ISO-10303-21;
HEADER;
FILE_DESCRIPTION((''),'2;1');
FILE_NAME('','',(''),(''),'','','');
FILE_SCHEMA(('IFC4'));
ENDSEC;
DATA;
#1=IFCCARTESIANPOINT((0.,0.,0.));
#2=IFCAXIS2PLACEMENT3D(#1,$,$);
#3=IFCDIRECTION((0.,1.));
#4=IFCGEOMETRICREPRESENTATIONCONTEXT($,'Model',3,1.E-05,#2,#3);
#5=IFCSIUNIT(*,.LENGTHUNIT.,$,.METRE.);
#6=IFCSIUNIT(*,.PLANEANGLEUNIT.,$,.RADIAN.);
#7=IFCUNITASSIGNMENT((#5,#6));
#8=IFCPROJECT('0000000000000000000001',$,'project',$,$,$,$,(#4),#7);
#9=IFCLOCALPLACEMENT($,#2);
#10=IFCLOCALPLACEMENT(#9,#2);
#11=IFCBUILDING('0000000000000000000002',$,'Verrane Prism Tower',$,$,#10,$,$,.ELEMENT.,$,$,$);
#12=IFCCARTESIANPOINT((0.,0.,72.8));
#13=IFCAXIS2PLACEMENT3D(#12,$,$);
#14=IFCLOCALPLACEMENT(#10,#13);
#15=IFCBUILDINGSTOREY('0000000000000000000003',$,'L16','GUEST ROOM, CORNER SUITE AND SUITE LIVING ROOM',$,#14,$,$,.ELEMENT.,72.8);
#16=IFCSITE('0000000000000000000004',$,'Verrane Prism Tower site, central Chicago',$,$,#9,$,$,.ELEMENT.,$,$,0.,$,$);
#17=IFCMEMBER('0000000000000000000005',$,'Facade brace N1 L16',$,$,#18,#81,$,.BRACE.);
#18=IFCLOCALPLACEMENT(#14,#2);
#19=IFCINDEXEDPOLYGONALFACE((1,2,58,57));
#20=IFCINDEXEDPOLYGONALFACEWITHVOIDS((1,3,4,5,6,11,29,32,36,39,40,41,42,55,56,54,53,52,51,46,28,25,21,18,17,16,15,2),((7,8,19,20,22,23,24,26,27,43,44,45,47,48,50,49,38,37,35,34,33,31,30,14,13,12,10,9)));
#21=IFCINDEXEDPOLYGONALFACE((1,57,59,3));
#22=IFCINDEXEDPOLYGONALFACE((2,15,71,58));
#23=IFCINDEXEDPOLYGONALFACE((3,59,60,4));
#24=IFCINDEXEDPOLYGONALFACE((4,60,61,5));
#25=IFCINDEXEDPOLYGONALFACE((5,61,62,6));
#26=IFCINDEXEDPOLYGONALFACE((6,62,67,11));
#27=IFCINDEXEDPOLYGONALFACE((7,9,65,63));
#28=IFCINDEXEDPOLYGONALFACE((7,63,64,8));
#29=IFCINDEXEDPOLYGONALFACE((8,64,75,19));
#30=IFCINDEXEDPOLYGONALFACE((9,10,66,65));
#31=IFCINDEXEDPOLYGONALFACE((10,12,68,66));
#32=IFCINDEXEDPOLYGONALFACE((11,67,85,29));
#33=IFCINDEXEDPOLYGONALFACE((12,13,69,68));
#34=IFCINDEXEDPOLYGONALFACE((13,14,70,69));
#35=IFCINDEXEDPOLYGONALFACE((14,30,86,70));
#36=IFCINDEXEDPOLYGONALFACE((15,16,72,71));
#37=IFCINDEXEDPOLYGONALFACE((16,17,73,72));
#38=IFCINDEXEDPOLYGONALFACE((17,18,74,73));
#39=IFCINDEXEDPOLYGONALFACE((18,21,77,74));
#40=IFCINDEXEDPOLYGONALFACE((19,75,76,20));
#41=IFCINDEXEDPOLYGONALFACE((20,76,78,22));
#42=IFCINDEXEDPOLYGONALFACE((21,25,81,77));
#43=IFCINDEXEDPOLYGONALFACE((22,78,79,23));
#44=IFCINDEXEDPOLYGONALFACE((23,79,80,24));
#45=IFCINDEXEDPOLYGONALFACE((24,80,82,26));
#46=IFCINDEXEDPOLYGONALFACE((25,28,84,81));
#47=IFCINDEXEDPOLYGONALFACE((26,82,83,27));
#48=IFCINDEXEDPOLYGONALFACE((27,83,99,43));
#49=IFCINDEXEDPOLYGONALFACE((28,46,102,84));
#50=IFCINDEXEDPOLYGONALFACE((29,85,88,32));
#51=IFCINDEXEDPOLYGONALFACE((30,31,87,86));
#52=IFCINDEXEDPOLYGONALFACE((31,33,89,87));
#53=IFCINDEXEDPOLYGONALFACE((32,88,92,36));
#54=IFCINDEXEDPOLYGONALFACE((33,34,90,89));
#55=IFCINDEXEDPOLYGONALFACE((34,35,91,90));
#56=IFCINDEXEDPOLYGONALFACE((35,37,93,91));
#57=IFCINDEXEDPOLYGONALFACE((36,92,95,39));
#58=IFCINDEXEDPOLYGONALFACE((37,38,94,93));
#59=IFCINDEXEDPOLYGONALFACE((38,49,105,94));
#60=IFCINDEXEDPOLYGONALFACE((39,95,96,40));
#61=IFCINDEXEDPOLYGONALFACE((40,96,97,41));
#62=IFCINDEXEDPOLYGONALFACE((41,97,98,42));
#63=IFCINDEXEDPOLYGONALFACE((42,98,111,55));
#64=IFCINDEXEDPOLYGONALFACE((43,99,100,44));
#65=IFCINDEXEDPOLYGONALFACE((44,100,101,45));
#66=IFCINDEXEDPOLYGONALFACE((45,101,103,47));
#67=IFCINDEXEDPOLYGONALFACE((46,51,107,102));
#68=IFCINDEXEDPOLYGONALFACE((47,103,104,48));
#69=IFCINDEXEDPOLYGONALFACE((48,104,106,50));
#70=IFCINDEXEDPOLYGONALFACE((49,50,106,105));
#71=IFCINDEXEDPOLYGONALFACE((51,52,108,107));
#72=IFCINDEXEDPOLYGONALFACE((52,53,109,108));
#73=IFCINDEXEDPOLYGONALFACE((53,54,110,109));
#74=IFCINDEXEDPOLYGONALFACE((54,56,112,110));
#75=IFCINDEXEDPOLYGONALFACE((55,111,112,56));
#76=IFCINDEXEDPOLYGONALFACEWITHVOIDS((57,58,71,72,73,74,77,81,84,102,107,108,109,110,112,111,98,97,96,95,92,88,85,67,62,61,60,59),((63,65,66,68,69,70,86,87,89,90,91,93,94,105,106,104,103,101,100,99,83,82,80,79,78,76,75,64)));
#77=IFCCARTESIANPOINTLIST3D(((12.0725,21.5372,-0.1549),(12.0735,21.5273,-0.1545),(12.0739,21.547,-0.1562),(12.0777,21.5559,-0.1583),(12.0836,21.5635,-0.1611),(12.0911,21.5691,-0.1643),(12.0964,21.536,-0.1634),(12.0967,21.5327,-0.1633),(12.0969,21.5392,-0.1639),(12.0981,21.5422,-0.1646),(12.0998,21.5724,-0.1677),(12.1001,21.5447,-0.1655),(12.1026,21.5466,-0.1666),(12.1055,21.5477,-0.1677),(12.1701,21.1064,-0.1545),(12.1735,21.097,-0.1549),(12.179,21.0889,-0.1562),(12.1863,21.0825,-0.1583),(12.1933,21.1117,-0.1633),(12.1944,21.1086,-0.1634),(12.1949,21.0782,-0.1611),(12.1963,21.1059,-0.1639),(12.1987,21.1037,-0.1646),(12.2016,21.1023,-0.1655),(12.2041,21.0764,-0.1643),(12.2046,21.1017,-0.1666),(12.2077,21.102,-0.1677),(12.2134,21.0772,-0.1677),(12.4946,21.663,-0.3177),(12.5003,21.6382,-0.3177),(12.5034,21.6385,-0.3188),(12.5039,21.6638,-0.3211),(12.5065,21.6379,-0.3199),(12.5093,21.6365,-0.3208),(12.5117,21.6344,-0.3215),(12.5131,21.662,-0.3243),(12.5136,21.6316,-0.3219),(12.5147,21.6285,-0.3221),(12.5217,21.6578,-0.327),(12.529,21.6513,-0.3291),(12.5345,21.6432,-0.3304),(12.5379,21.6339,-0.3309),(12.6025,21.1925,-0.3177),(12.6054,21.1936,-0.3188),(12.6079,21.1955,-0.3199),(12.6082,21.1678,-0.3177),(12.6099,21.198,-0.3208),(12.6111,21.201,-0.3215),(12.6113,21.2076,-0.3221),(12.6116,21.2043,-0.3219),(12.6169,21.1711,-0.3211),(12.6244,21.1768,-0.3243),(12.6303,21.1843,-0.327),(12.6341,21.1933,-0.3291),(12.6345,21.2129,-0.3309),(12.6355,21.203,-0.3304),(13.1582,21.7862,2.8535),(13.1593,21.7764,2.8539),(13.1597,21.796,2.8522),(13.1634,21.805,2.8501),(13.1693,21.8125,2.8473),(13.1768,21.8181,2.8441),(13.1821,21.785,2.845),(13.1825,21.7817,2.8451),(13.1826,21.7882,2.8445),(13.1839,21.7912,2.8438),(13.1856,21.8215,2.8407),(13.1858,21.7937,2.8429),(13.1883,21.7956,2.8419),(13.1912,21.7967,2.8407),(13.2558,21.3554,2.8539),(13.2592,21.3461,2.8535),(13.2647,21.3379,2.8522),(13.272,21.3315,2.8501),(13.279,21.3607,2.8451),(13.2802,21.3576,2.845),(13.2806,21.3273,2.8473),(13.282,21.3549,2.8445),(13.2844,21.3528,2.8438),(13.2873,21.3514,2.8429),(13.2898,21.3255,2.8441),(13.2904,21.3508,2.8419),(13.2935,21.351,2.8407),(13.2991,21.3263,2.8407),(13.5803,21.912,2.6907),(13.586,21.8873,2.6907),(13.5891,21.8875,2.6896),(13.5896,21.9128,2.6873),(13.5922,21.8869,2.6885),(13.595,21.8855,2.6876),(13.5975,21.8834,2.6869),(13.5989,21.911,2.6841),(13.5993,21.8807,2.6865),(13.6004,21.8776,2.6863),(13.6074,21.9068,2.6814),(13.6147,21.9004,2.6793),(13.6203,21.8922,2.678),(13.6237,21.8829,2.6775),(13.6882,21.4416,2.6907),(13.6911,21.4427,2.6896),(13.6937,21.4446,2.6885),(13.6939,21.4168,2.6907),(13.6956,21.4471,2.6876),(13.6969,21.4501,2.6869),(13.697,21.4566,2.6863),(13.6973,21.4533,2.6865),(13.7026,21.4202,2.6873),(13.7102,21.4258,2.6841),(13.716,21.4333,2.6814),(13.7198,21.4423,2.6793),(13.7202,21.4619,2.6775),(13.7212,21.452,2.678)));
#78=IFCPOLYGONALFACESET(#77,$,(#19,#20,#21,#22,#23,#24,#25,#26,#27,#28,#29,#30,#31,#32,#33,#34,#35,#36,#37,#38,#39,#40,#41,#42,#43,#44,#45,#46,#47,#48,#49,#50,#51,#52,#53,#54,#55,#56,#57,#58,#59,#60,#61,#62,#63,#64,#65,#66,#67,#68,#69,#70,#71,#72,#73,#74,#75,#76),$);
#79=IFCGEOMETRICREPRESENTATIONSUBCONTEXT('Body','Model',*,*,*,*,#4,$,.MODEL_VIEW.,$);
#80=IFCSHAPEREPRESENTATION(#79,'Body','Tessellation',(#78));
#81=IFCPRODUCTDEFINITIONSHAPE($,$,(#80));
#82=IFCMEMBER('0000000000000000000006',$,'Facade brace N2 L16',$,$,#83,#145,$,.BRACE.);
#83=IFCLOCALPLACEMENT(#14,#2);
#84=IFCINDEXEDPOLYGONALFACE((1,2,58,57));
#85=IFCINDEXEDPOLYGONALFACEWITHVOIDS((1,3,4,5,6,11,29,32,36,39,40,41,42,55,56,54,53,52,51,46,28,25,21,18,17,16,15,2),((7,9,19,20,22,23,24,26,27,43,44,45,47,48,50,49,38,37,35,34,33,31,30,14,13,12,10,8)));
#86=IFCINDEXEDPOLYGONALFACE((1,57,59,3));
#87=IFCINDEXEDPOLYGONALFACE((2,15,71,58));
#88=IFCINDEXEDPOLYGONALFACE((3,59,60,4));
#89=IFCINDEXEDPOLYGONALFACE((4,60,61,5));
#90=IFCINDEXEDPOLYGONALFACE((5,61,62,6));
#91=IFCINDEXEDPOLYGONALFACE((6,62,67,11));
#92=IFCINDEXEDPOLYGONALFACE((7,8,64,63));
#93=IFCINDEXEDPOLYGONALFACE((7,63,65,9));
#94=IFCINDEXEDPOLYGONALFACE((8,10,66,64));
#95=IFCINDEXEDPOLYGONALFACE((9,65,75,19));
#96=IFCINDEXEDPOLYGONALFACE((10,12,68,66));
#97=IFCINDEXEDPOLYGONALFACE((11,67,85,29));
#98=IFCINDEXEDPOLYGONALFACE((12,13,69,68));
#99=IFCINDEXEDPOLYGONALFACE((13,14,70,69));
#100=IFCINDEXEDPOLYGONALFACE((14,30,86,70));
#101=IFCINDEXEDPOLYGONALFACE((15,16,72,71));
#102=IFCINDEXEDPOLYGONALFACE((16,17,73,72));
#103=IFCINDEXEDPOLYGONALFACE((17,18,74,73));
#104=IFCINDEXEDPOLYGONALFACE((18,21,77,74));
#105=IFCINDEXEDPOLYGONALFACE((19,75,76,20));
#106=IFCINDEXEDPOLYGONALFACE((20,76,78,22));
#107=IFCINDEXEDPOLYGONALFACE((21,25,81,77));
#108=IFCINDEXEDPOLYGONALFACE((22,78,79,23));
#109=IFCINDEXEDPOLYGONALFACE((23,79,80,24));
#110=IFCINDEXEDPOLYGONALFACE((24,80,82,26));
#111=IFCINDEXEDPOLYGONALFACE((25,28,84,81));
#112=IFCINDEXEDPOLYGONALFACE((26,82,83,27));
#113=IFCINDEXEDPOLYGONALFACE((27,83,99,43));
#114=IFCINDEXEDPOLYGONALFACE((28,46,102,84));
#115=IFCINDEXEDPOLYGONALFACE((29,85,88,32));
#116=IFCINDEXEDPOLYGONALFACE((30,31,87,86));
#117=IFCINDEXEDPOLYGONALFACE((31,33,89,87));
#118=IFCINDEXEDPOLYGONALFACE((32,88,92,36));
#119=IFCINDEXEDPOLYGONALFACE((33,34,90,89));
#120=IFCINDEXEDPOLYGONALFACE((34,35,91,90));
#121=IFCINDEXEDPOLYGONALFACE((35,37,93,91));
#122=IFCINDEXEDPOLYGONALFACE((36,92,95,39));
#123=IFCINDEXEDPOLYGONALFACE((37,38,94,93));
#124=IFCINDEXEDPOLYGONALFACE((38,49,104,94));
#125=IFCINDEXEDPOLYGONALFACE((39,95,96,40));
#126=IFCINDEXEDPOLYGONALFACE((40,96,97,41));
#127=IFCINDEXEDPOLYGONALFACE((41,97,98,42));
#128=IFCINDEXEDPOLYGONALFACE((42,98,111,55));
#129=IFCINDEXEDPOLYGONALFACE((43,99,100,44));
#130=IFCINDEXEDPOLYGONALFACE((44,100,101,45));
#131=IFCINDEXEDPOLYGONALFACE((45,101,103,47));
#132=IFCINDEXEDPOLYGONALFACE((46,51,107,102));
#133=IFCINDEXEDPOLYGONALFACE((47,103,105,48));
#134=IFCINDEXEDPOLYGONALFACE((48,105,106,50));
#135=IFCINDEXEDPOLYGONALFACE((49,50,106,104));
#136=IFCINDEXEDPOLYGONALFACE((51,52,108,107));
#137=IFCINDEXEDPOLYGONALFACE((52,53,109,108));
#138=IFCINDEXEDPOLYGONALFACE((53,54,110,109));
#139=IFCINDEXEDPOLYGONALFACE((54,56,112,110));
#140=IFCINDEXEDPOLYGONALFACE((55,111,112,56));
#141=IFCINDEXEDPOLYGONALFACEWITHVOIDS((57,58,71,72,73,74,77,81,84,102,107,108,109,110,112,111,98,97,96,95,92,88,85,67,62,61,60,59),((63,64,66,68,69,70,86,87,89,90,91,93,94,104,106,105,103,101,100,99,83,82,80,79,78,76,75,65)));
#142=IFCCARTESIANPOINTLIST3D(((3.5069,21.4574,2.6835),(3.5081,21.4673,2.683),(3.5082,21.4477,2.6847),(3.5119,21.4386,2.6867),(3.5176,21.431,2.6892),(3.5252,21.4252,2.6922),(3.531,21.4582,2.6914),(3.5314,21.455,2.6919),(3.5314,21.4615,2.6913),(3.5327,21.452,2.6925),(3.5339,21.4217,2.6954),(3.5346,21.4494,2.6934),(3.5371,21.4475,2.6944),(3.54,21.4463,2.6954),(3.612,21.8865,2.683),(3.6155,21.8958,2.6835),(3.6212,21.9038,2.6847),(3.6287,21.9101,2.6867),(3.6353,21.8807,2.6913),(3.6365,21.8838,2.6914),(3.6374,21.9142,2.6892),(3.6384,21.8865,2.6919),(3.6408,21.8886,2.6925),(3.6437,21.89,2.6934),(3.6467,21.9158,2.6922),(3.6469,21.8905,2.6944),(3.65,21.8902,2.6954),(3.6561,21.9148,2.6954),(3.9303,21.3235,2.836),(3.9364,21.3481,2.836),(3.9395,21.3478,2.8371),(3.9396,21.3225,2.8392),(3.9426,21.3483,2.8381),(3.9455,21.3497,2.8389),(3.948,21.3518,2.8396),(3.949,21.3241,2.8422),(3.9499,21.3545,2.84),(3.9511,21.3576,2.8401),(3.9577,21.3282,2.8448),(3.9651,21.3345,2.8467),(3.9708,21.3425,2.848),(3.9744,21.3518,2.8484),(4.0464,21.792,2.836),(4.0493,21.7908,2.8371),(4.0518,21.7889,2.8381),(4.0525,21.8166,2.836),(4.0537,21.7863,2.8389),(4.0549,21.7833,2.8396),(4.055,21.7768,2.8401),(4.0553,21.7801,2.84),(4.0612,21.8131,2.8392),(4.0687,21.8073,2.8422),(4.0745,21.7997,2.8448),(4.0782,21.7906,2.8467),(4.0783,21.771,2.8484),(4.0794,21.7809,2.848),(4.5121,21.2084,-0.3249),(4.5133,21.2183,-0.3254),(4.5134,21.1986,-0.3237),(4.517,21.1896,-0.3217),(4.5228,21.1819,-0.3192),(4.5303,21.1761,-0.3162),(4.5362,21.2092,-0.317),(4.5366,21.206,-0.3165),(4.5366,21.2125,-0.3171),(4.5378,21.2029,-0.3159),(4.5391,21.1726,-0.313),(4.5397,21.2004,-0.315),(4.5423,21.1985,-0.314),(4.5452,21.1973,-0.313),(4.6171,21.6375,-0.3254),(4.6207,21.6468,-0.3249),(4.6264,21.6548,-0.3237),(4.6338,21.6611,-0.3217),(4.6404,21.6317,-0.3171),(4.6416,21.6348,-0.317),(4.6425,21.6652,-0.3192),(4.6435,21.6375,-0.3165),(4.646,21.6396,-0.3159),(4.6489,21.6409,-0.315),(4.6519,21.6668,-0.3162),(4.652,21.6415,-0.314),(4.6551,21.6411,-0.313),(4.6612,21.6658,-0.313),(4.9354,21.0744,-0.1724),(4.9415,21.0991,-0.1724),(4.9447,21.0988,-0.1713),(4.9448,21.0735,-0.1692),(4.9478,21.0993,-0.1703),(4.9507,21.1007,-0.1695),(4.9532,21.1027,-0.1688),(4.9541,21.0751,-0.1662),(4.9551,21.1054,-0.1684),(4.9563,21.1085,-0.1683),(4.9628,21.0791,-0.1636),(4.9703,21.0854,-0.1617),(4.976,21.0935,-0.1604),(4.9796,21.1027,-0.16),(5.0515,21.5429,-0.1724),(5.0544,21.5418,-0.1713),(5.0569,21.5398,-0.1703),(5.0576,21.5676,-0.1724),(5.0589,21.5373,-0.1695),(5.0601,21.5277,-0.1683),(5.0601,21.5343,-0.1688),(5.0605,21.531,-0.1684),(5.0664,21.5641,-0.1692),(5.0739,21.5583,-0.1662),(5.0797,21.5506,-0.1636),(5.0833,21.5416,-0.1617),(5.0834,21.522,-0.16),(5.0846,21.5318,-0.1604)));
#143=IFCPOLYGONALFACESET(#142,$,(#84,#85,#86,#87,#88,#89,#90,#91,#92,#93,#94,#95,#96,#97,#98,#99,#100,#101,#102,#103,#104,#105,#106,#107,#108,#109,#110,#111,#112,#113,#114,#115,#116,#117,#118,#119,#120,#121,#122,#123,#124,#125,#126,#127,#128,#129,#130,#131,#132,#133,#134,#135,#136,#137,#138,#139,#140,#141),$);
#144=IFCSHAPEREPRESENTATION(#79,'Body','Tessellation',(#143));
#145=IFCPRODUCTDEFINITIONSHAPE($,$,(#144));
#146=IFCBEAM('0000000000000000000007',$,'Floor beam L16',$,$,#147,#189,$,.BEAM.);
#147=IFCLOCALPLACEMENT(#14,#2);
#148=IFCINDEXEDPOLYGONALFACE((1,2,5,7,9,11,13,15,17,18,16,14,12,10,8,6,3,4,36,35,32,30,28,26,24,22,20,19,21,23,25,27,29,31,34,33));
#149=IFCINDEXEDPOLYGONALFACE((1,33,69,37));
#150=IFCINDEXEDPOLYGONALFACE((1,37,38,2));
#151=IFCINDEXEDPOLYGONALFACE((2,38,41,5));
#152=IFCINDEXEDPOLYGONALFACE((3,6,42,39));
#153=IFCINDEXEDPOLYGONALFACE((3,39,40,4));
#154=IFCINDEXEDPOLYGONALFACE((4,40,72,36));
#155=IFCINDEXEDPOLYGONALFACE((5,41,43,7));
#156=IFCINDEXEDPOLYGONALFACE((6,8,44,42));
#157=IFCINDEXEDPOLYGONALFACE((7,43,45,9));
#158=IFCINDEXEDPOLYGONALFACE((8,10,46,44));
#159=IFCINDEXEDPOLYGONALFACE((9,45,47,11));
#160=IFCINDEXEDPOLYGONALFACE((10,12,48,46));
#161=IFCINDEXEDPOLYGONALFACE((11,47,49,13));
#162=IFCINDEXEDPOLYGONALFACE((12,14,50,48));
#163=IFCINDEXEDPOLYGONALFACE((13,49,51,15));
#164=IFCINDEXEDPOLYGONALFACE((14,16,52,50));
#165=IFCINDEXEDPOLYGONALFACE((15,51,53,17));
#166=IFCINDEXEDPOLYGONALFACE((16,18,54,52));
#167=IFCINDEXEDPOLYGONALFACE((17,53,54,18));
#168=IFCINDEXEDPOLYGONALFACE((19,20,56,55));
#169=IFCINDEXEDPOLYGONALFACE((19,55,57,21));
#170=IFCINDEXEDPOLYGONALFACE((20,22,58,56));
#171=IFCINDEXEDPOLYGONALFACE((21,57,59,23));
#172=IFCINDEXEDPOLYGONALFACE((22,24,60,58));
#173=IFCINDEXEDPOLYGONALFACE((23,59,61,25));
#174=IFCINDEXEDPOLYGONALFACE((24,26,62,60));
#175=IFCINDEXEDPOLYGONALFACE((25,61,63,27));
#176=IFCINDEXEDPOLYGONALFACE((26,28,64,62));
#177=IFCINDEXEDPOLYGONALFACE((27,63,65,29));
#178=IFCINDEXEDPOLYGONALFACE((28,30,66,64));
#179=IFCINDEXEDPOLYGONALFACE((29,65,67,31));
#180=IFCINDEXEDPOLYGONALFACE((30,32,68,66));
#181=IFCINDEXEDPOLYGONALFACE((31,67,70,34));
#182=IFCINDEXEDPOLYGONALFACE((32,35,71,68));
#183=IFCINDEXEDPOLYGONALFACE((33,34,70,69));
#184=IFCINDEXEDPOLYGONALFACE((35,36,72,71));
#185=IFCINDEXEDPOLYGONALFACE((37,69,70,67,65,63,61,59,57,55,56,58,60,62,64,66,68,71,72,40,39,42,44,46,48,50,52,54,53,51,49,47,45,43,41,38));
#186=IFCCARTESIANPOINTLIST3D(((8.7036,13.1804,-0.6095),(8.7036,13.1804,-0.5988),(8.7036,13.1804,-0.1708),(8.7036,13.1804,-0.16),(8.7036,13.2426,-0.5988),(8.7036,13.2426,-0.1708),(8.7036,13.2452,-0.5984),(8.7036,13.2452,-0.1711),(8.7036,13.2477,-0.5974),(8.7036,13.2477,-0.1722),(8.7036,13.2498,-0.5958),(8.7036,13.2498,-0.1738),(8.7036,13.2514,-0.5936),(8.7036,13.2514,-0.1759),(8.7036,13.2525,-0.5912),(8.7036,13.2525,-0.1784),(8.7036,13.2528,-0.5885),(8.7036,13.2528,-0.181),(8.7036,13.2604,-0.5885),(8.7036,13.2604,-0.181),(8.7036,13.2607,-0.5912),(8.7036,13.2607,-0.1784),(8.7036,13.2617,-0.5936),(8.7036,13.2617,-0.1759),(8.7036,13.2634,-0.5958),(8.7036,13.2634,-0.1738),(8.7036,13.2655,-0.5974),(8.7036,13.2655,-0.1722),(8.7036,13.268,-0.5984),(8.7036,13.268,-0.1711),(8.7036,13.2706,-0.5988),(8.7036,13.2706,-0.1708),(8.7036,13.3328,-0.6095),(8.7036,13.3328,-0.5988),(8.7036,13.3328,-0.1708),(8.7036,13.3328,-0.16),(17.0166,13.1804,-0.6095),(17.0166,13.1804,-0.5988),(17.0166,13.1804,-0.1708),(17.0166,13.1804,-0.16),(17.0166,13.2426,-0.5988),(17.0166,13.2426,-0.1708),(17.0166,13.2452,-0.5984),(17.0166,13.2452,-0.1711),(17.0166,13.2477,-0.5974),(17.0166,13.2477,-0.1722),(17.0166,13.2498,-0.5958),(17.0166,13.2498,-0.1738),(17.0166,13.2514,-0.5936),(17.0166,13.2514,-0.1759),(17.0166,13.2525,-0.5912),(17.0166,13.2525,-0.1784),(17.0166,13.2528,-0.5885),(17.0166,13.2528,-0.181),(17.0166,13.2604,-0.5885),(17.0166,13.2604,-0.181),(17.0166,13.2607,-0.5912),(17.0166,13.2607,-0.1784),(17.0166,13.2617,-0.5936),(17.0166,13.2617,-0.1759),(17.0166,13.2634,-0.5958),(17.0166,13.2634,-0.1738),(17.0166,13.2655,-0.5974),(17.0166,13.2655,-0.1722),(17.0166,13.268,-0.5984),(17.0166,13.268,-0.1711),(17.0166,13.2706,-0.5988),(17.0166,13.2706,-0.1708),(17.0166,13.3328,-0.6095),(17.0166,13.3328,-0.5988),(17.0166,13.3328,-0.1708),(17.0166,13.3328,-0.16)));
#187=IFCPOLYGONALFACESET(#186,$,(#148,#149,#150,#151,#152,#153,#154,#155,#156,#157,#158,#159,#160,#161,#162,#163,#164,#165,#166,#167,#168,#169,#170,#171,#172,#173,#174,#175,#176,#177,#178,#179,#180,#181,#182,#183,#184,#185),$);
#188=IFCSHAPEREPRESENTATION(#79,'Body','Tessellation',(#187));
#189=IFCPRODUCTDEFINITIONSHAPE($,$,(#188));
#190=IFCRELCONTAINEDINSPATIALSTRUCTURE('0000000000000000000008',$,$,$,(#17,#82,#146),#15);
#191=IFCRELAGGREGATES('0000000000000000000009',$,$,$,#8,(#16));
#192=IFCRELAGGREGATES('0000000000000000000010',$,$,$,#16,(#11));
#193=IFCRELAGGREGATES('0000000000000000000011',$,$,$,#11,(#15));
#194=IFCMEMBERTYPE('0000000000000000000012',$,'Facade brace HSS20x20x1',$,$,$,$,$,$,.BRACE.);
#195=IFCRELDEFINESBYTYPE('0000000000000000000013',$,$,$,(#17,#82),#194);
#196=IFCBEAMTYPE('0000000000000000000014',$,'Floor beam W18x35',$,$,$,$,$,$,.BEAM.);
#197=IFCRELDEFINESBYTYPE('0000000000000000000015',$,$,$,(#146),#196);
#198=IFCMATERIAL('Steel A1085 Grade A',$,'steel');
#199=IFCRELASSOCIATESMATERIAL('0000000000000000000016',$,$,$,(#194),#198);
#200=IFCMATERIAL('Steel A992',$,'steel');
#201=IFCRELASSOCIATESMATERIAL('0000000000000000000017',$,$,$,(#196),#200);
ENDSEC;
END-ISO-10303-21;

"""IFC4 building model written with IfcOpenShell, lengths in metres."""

from ifc_helpers import new_model, si_unit, direction, frame, origin, origin_2d, place, context, subcontext, project, spatial, hollow_rectangle, i_section, extrude, material, material_profile, profile_set, type_object, element, save


model = new_model("IFC4")

# Units and contexts
model_context = context("Model", 3, precision=1e-05, world=origin(), true_north=direction((0.0, 1.0)))
body_context = subcontext(model_context, "Body", "Model", "MODEL_VIEW")
ifc_project = project(units=[si_unit("LENGTHUNIT", "METRE"), si_unit("PLANEANGLEUNIT", "RADIAN")], contexts=[model_context])

# Site, building, storey
site_placement = place(None, origin())
site = spatial("IfcSite", under=ifc_project, at=site_placement, Name="Verrane Prism Tower site, central Chicago", CompositionType="ELEMENT", RefElevation=0.0)
building_placement = place(site_placement, origin())
building = spatial("IfcBuilding", under=site, at=building_placement, Name="Verrane Prism Tower", CompositionType="ELEMENT")
storey_placement = place(building_placement, frame((0.0, 0.0, 72.8)))
storey = spatial("IfcBuildingStorey", under=building, at=storey_placement, Name="L16", Description="GUEST ROOM, CORNER SUITE AND SUITE LIVING ROOM", CompositionType="ELEMENT", Elevation=72.8)

# Members
ifc_material_1 = material(Name="Steel A1085 Grade A", Category="steel")
ifc_material_profile_1 = material_profile(ifc_material_1, hollow_rectangle(XDim=0.5081, YDim=0.5081, WallThickness=0.0254, InnerFilletRadius=0.0127, OuterFilletRadius=0.0381, at=origin_2d()), Name="HSS20x20x1")
ifc_profile_set_1 = profile_set([ifc_material_profile_1], Name="Steel A1085 Grade A")
member_type_1 = type_object("IfcMemberType", Name="Facade brace HSS20x20x1", PredefinedType="BRACE", material=ifc_profile_set_1)
member_1_placement = place(storey_placement, frame((12.354, 21.3701, -0.2427), z_axis=(0.338444, 0.077628, 0.937779), x_axis=(-0.223563, 0.97469, 0.0)))
element("IfcMember", 1, at=member_1_placement, inside=storey, type_object=member_type_1, Name="Facade brace N1 L16", PredefinedType="BRACE", context=body_context, shape_type="SweptSolid", body=[
    extrude(hollow_rectangle(XDim=0.5081, YDim=0.5081, WallThickness=0.0254, InnerFilletRadius=0.0127, OuterFilletRadius=0.0381, at=origin_2d()), origin(), (0.0, 0.0, 1.0), 3.208),
])
member_2_placement = place(storey_placement, frame((4.7983, 21.3701, -0.2427), z_axis=(-0.315925, 0.078271, 0.94555), x_axis=(-0.240483, -0.970653, 0.0)))
element("IfcMember", 2, at=member_2_placement, inside=storey, type_object=member_type_1, Name="Facade brace N2 L16", PredefinedType="BRACE", context=body_context, shape_type="SweptSolid", body=[
    extrude(hollow_rectangle(XDim=0.5081, YDim=0.5081, WallThickness=0.0254, InnerFilletRadius=0.0127, OuterFilletRadius=0.0381, at=origin_2d()), origin(), (0.0, 0.0, 1.0), 3.1816),
])

# Beam
ifc_material_2 = material(Name="Steel A992", Category="steel")
ifc_material_profile_2 = material_profile(ifc_material_2, i_section(OverallWidth=0.1523, OverallDepth=0.4495, WebThickness=0.0076, FlangeThickness=0.0107, FilletRadius=0.0103, at=origin_2d()), Name="W18x35")
ifc_profile_set_2 = profile_set([ifc_material_profile_2], Name="Steel A992")
beam_type_1 = type_object("IfcBeamType", Name="Floor beam W18x35", PredefinedType="BEAM", material=ifc_profile_set_2)
for number, where, z_axis, x_axis, name in (
    (3, (8.7036, 13.2566, -0.3848), (1.0, 0.0, 0.0), (0.0, 1.0, 0.0), "Floor beam L16"),
):
    element("IfcBeam", number, at=place(storey_placement, frame(where, z_axis=z_axis, x_axis=x_axis)), inside=storey, type_object=beam_type_1, Name=name, PredefinedType="BEAM", context=body_context, shape_type="SweptSolid", body=[
        extrude(i_section(OverallWidth=0.1523, OverallDepth=0.4495, WebThickness=0.0076, FlangeThickness=0.0107, FilletRadius=0.0103, at=origin_2d()), origin(), (0.0, 0.0, 1.0), 8.313),
    ])

save(model, "model.ifc")
